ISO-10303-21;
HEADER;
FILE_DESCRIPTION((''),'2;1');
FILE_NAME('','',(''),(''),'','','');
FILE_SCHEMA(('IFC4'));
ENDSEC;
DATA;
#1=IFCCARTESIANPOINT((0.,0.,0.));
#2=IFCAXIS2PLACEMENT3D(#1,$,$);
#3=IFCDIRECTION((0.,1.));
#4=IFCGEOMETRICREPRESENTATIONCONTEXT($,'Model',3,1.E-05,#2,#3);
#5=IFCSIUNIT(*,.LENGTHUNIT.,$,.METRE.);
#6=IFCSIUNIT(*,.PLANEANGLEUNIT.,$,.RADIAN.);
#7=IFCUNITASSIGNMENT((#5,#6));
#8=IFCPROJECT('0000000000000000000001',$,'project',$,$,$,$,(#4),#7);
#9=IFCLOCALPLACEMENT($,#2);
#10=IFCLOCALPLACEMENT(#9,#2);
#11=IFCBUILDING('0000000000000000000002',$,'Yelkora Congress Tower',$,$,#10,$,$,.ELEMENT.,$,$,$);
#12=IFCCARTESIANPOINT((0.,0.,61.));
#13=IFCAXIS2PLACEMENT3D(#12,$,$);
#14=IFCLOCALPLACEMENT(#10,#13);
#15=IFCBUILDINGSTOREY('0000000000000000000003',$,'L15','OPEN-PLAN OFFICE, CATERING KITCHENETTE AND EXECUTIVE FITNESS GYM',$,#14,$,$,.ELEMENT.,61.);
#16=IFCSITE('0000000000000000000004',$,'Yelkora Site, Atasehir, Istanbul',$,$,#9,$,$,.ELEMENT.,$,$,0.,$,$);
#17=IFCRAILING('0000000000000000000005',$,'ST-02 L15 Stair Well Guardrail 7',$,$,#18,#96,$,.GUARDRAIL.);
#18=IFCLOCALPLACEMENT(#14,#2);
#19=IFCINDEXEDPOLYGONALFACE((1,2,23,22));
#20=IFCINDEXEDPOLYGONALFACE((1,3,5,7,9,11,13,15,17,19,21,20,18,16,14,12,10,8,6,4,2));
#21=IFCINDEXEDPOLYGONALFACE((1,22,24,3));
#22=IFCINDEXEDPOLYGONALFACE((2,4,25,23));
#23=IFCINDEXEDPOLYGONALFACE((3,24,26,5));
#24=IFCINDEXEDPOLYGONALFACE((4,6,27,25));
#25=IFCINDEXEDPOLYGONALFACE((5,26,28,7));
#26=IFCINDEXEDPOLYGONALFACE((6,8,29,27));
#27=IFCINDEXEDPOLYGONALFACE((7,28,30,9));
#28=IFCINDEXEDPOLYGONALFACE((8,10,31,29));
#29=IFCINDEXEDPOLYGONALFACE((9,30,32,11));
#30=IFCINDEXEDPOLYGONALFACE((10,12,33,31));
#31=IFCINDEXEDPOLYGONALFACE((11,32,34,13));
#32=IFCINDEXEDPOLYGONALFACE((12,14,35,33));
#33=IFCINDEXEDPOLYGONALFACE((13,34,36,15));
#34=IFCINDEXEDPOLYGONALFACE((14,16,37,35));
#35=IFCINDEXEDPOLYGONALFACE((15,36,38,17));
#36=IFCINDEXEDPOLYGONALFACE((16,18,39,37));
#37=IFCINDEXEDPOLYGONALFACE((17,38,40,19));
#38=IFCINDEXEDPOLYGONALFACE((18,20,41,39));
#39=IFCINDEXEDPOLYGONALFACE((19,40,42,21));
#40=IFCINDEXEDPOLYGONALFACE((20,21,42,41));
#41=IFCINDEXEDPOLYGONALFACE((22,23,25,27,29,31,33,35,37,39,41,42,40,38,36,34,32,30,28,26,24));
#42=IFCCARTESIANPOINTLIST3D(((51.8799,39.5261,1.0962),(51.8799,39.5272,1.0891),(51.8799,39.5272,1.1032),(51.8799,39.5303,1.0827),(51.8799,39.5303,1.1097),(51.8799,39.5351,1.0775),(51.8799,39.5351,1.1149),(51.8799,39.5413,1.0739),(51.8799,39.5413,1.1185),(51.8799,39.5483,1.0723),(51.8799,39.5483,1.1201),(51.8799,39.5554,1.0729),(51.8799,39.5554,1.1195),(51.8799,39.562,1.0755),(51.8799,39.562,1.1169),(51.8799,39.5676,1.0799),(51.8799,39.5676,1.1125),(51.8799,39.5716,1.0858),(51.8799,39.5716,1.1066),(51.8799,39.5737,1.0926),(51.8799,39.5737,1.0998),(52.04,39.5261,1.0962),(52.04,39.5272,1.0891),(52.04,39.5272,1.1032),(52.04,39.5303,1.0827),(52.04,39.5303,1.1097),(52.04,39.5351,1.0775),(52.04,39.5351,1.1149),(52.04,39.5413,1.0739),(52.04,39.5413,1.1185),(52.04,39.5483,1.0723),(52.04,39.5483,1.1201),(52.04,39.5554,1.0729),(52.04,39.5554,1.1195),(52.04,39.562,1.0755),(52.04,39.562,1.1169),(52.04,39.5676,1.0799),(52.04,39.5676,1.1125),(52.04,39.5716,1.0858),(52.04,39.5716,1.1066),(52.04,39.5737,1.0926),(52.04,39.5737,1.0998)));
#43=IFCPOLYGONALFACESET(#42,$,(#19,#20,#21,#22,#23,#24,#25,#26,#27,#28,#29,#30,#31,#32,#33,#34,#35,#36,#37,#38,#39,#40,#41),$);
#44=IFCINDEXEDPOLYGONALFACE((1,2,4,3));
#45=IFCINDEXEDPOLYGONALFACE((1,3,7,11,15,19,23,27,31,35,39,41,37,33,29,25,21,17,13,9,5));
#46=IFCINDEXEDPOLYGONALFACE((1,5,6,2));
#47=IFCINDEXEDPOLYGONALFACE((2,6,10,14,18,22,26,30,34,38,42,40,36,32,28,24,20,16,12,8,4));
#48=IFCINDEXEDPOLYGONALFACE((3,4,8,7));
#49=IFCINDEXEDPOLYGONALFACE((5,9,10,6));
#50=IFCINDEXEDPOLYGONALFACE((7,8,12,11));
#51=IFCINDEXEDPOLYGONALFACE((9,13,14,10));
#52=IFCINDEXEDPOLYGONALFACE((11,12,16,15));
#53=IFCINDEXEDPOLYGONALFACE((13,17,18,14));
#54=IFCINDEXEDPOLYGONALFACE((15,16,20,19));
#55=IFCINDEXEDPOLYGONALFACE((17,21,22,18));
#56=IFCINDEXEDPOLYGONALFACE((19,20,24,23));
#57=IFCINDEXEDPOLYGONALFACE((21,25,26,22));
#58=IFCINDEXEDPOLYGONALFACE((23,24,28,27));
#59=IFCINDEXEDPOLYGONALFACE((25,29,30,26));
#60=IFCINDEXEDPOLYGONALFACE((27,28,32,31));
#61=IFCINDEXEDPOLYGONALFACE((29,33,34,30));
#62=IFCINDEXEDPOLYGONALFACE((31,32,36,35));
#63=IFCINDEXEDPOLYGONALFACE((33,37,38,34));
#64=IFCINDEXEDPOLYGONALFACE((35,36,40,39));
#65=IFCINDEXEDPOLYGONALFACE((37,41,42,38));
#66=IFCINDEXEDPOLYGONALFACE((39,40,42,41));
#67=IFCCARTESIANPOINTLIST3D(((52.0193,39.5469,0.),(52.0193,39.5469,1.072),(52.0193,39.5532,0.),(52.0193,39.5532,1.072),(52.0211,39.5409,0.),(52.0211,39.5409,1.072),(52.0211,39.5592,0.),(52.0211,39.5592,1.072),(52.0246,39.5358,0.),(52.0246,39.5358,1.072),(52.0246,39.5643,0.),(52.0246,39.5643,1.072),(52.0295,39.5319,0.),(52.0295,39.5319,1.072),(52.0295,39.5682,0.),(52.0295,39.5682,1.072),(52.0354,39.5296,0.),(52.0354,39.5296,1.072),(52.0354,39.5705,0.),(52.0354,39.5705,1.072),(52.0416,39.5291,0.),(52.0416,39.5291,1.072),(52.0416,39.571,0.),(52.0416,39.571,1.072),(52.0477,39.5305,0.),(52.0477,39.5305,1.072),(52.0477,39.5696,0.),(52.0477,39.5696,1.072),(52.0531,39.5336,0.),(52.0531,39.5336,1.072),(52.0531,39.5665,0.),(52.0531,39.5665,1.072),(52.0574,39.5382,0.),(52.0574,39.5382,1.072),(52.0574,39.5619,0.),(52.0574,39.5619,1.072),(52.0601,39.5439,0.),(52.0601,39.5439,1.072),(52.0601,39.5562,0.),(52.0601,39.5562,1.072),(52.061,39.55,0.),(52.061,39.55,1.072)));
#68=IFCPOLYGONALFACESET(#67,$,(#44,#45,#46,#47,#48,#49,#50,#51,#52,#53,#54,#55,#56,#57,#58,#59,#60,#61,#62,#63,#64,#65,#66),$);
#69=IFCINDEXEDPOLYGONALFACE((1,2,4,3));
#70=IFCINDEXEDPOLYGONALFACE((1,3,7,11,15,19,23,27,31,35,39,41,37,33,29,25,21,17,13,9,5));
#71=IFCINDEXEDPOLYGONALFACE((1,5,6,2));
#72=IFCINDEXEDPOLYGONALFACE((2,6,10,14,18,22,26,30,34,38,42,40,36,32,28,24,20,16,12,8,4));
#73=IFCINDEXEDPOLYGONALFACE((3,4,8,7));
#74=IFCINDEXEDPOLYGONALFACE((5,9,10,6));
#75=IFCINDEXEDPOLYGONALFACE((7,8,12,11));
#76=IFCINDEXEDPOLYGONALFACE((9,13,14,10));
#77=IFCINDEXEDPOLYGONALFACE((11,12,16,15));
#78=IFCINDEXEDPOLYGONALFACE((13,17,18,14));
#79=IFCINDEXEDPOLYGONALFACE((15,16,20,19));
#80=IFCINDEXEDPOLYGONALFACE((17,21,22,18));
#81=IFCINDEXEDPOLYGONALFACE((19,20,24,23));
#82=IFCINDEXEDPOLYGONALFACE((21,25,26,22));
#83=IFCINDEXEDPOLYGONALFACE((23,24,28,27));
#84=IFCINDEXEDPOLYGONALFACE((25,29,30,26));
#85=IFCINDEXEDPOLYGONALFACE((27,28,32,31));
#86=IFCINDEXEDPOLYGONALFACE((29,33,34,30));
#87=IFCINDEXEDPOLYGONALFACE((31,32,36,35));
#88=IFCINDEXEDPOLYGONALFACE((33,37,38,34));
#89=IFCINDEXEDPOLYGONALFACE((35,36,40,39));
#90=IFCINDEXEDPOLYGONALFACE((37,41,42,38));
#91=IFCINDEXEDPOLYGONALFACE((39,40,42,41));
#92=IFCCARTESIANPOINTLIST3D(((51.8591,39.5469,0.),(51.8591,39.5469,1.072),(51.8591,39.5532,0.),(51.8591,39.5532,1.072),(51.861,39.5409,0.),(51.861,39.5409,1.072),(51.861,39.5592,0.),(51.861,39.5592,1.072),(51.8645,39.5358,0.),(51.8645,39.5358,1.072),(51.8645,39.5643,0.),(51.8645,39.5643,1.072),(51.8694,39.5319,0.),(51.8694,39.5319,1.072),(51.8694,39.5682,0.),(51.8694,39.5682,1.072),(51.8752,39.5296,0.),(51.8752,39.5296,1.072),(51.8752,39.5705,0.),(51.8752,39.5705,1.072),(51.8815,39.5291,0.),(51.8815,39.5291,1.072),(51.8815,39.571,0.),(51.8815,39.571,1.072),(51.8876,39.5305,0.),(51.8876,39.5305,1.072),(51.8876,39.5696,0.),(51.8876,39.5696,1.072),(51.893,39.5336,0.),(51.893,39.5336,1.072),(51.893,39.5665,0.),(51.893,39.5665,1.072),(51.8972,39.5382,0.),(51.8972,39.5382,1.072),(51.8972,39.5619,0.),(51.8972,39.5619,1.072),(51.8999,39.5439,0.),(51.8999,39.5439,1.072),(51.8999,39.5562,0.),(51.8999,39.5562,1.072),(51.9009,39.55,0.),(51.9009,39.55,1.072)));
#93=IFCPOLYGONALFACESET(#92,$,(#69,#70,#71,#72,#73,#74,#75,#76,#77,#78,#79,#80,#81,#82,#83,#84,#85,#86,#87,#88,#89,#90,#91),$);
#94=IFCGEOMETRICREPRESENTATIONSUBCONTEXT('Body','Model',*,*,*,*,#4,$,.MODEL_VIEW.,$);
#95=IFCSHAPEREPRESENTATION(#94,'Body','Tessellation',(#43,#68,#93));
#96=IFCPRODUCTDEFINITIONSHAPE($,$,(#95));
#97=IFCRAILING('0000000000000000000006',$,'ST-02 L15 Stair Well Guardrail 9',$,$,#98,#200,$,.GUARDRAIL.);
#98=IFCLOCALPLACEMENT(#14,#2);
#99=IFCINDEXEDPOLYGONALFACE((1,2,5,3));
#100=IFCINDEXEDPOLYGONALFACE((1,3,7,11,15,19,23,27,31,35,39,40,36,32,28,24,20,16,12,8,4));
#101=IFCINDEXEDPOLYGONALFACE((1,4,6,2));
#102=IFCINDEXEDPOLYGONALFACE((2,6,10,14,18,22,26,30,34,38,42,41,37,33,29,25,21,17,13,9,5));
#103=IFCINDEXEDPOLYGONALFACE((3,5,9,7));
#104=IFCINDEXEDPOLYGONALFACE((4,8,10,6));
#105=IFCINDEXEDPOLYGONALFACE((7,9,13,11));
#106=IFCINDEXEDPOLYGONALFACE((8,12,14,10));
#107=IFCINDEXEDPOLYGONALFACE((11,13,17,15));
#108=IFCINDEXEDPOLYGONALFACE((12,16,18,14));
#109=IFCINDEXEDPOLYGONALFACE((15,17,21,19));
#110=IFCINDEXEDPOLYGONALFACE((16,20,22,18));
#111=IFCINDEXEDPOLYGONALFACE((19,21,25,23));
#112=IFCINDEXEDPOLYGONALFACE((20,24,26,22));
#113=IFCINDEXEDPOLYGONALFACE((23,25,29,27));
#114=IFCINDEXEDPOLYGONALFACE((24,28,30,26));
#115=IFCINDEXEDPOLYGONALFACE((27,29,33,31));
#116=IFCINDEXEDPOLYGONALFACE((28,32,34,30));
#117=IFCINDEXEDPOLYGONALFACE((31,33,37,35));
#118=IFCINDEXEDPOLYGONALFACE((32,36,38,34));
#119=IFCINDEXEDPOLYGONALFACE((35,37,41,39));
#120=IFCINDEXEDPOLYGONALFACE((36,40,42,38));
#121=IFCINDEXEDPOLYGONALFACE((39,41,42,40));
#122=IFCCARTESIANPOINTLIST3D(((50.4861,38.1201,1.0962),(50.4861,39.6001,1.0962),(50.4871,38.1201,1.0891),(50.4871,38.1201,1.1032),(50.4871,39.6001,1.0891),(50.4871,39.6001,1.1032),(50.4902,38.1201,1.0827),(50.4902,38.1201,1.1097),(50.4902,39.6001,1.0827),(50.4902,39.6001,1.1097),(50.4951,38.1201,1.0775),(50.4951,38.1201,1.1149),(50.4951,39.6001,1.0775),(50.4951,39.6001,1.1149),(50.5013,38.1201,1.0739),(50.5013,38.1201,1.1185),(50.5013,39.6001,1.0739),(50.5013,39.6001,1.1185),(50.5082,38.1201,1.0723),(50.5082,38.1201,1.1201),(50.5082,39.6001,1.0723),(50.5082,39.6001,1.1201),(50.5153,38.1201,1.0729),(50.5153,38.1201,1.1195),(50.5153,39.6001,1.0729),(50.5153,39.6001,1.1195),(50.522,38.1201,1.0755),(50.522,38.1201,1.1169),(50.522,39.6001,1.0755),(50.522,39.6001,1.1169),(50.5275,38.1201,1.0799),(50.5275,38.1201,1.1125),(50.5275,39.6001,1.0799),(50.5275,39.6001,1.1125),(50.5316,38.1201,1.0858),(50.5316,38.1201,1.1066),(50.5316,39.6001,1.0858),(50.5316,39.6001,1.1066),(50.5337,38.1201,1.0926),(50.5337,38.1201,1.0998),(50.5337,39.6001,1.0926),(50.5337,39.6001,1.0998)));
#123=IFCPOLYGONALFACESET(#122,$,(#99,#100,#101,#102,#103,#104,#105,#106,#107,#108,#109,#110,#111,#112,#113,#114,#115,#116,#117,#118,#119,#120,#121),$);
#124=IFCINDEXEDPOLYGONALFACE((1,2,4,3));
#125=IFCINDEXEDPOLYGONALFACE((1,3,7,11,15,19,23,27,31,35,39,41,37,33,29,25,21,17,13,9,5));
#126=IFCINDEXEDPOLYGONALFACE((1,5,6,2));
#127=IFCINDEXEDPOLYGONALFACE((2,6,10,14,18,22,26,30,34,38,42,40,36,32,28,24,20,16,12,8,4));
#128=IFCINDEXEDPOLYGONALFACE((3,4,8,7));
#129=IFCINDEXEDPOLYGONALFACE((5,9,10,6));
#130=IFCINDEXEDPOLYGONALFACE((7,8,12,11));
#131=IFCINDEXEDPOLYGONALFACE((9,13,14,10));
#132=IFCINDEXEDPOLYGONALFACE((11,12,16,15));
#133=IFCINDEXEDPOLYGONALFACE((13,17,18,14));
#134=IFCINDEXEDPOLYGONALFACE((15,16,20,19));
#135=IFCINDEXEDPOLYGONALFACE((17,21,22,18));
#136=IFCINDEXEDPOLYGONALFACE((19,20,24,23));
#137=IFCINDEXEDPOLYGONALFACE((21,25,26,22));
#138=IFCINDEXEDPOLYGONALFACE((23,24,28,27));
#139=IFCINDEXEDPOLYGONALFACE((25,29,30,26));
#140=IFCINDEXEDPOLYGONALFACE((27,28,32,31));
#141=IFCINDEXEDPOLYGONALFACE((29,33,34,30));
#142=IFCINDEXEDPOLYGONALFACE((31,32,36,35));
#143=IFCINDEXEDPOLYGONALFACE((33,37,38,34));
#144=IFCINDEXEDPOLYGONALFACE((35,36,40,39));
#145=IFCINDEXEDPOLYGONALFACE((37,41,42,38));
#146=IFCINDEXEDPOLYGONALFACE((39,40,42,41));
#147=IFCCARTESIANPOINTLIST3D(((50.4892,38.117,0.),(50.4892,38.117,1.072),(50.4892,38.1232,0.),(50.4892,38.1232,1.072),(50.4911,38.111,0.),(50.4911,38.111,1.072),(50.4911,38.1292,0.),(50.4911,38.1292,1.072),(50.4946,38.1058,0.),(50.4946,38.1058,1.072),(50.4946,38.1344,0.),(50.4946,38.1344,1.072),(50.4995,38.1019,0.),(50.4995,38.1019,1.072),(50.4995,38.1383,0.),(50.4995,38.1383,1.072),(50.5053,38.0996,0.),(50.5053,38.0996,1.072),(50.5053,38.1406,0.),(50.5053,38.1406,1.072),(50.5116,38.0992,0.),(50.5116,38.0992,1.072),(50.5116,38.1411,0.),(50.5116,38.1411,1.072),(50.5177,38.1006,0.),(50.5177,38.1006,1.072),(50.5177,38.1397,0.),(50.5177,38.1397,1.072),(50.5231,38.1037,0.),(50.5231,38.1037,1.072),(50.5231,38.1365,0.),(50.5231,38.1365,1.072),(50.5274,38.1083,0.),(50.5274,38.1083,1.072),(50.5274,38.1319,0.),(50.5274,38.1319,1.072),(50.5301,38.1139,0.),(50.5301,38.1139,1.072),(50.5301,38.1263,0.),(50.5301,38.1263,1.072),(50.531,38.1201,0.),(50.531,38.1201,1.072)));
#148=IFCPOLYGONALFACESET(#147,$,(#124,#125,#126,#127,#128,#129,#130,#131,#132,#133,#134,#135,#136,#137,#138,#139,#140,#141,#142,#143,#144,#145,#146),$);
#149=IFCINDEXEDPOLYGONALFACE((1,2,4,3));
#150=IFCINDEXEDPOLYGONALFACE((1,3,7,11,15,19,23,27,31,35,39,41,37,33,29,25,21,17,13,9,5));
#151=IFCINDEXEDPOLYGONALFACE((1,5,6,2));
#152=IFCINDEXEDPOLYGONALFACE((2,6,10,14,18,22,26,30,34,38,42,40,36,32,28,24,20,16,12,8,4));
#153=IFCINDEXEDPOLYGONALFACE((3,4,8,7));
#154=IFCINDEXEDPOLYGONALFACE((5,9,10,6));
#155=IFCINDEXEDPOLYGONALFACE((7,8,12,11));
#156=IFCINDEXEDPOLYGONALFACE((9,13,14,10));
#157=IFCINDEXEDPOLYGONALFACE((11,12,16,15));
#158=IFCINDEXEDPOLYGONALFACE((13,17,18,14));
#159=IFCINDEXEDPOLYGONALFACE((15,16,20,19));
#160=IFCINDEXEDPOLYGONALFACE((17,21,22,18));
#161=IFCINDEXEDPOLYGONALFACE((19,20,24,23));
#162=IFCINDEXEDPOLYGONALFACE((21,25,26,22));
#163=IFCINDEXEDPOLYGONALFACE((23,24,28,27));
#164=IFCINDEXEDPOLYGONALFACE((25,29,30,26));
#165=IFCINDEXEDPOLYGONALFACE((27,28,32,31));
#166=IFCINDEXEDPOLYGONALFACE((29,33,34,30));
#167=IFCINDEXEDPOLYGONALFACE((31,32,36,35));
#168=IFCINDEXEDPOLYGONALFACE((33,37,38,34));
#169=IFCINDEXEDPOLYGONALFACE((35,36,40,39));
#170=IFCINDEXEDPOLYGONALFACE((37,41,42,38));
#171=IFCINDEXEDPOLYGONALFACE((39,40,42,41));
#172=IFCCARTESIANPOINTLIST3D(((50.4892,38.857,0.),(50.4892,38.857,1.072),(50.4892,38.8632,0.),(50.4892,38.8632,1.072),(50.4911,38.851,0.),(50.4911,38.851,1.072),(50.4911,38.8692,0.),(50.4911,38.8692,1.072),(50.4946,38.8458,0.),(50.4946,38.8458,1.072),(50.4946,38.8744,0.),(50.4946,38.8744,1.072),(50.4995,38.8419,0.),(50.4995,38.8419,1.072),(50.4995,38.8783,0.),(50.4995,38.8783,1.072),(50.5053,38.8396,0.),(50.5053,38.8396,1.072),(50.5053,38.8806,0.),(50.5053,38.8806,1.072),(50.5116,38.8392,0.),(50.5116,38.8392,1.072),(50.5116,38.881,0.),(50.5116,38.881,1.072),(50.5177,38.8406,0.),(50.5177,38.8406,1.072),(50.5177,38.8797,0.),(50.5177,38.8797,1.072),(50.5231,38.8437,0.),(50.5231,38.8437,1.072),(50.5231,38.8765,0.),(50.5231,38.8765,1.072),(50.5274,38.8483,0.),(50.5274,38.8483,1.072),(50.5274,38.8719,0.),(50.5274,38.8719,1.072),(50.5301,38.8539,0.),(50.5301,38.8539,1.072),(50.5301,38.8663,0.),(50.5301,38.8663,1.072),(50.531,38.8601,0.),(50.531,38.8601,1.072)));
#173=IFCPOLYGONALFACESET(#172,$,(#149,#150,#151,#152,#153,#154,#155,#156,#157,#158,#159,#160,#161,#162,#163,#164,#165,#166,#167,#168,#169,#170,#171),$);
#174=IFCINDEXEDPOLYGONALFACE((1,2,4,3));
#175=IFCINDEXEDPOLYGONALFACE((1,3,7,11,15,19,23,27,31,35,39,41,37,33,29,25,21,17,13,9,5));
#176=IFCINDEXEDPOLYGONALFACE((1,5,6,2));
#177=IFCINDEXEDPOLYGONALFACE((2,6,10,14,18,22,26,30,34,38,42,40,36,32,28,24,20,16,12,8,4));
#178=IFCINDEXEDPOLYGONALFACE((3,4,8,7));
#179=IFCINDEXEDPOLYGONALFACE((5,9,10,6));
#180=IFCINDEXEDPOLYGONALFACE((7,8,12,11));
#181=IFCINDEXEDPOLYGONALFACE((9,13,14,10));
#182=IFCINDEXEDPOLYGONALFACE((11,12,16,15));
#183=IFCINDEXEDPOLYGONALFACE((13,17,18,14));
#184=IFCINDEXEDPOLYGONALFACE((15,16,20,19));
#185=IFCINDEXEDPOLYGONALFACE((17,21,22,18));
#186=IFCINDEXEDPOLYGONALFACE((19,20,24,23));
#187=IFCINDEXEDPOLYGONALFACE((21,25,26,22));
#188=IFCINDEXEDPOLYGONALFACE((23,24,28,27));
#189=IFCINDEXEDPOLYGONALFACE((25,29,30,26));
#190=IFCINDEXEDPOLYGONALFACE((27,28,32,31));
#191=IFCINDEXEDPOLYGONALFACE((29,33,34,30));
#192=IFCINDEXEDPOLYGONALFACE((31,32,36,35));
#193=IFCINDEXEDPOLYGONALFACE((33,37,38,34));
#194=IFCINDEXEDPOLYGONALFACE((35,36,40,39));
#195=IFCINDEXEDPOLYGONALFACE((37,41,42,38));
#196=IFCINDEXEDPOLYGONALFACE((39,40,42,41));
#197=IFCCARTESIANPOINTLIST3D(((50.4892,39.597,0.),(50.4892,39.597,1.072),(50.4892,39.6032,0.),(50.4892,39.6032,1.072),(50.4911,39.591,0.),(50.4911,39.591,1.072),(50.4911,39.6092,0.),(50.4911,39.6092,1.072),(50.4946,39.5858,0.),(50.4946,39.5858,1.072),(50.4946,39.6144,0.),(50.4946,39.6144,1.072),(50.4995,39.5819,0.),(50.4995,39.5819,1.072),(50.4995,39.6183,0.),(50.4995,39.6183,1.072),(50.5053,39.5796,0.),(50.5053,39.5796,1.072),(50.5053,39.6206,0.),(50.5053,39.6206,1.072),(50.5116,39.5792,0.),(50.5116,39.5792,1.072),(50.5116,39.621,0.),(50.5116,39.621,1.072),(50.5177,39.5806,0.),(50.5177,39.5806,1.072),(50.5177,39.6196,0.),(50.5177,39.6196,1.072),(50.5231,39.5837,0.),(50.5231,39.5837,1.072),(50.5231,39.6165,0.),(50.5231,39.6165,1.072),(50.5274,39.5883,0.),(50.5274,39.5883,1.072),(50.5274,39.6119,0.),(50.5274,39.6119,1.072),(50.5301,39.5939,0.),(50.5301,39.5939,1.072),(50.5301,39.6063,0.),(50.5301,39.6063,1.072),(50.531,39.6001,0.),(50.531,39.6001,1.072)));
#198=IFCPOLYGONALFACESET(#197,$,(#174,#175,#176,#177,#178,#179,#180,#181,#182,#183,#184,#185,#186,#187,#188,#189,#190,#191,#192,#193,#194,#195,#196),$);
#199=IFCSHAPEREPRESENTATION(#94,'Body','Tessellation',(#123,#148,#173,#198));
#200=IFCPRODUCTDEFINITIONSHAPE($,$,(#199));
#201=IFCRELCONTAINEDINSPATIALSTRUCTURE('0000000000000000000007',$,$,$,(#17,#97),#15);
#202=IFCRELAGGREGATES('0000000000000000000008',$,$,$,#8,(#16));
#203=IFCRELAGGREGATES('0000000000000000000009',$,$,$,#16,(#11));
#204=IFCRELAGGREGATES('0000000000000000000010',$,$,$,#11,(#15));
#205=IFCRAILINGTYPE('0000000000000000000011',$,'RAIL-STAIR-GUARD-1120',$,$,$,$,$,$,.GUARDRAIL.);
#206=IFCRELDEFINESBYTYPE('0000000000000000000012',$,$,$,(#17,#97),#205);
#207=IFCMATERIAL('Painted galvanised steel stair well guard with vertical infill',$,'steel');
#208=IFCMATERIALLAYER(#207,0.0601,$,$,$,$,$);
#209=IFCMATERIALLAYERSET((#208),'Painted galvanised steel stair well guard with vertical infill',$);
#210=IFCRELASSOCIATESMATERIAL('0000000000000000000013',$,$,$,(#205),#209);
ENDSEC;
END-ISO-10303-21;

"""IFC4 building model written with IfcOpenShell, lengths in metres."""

from ifc_helpers import new_model, si_unit, direction, frame, origin, origin_2d, place, context, subcontext, project, spatial, circle, extrude, material, layer, layer_set, type_object, element, save


model = new_model("IFC4")

# Units and contexts
model_context = context("Model", 3, precision=1e-05, world=origin(), true_north=direction((0.0, 1.0)))
body_context = subcontext(model_context, "Body", "Model", "MODEL_VIEW")
ifc_project = project(units=[si_unit("LENGTHUNIT", "METRE"), si_unit("PLANEANGLEUNIT", "RADIAN")], contexts=[model_context])

# Site, building, storey
site_placement = place(None, origin())
site = spatial("IfcSite", under=ifc_project, at=site_placement, Name="Yelkora Site, Atasehir, Istanbul", CompositionType="ELEMENT", RefElevation=0.0)
building_placement = place(site_placement, origin())
building = spatial("IfcBuilding", under=site, at=building_placement, Name="Yelkora Congress Tower", CompositionType="ELEMENT")
storey_placement = place(building_placement, frame((0.0, 0.0, 61.0)))
storey = spatial("IfcBuildingStorey", under=building, at=storey_placement, Name="L15", Description="OPEN-PLAN OFFICE, CATERING KITCHENETTE AND EXECUTIVE FITNESS GYM", CompositionType="ELEMENT", Elevation=61.0)

# Railings
ifc_material_1 = material(Name="Painted galvanised steel stair well guard with vertical infill", Category="steel")
ifc_layer_1 = layer(ifc_material_1, 0.0601)
ifc_layer_set_1 = layer_set([ifc_layer_1], Name="Painted galvanised steel stair well guard with vertical infill")
railing_type_1 = type_object("IfcRailingType", Name="RAIL-STAIR-GUARD-1120", PredefinedType="GUARDRAIL", material=ifc_layer_set_1)
railing_1_placement = place(storey_placement, frame((52.04, 39.55, 0.0)))
element("IfcRailing", 1, at=railing_1_placement, inside=storey, type_object=railing_type_1, Name="ST-02 L15 Stair Well Guardrail 7", PredefinedType="GUARDRAIL", context=body_context, shape_type="SweptSolid", body=[
    extrude(circle(Radius=0.0239, at=origin_2d()), frame((0.0, 0.0, 1.0962), z_axis=(-1.0, 0.0, 0.0), x_axis=(0.0, -1.0, 0.0)), (0.0, 0.0, 1.0), 0.1602),
    extrude(circle(Radius=0.021, at=origin_2d()), origin(), (0.0, 0.0, 1.0), 1.072),
    extrude(circle(Radius=0.021, at=origin_2d()), frame((-0.1602, 0.0, 0.0)), (0.0, 0.0, 1.0), 1.072),
])
railing_2_placement = place(storey_placement, frame((50.51, 38.1201, 0.0)))
element("IfcRailing", 2, at=railing_2_placement, inside=storey, type_object=railing_type_1, Name="ST-02 L15 Stair Well Guardrail 9", PredefinedType="GUARDRAIL", context=body_context, shape_type="SweptSolid", body=[
    extrude(circle(Radius=0.0239, at=origin_2d()), frame((0.0, 0.0, 1.0962), z_axis=(0.0, 1.0, 0.0), x_axis=(-1.0, 0.0, 0.0)), (0.0, 0.0, 1.0), 1.48),
    extrude(circle(Radius=0.021, at=origin_2d()), origin(), (0.0, 0.0, 1.0), 1.072),
    extrude(circle(Radius=0.021, at=origin_2d()), frame((0.0, 0.74, 0.0)), (0.0, 0.0, 1.0), 1.072),
    extrude(circle(Radius=0.021, at=origin_2d()), frame((0.0, 1.48, 0.0)), (0.0, 0.0, 1.0), 1.072),
])

save(model, "model.ifc")
